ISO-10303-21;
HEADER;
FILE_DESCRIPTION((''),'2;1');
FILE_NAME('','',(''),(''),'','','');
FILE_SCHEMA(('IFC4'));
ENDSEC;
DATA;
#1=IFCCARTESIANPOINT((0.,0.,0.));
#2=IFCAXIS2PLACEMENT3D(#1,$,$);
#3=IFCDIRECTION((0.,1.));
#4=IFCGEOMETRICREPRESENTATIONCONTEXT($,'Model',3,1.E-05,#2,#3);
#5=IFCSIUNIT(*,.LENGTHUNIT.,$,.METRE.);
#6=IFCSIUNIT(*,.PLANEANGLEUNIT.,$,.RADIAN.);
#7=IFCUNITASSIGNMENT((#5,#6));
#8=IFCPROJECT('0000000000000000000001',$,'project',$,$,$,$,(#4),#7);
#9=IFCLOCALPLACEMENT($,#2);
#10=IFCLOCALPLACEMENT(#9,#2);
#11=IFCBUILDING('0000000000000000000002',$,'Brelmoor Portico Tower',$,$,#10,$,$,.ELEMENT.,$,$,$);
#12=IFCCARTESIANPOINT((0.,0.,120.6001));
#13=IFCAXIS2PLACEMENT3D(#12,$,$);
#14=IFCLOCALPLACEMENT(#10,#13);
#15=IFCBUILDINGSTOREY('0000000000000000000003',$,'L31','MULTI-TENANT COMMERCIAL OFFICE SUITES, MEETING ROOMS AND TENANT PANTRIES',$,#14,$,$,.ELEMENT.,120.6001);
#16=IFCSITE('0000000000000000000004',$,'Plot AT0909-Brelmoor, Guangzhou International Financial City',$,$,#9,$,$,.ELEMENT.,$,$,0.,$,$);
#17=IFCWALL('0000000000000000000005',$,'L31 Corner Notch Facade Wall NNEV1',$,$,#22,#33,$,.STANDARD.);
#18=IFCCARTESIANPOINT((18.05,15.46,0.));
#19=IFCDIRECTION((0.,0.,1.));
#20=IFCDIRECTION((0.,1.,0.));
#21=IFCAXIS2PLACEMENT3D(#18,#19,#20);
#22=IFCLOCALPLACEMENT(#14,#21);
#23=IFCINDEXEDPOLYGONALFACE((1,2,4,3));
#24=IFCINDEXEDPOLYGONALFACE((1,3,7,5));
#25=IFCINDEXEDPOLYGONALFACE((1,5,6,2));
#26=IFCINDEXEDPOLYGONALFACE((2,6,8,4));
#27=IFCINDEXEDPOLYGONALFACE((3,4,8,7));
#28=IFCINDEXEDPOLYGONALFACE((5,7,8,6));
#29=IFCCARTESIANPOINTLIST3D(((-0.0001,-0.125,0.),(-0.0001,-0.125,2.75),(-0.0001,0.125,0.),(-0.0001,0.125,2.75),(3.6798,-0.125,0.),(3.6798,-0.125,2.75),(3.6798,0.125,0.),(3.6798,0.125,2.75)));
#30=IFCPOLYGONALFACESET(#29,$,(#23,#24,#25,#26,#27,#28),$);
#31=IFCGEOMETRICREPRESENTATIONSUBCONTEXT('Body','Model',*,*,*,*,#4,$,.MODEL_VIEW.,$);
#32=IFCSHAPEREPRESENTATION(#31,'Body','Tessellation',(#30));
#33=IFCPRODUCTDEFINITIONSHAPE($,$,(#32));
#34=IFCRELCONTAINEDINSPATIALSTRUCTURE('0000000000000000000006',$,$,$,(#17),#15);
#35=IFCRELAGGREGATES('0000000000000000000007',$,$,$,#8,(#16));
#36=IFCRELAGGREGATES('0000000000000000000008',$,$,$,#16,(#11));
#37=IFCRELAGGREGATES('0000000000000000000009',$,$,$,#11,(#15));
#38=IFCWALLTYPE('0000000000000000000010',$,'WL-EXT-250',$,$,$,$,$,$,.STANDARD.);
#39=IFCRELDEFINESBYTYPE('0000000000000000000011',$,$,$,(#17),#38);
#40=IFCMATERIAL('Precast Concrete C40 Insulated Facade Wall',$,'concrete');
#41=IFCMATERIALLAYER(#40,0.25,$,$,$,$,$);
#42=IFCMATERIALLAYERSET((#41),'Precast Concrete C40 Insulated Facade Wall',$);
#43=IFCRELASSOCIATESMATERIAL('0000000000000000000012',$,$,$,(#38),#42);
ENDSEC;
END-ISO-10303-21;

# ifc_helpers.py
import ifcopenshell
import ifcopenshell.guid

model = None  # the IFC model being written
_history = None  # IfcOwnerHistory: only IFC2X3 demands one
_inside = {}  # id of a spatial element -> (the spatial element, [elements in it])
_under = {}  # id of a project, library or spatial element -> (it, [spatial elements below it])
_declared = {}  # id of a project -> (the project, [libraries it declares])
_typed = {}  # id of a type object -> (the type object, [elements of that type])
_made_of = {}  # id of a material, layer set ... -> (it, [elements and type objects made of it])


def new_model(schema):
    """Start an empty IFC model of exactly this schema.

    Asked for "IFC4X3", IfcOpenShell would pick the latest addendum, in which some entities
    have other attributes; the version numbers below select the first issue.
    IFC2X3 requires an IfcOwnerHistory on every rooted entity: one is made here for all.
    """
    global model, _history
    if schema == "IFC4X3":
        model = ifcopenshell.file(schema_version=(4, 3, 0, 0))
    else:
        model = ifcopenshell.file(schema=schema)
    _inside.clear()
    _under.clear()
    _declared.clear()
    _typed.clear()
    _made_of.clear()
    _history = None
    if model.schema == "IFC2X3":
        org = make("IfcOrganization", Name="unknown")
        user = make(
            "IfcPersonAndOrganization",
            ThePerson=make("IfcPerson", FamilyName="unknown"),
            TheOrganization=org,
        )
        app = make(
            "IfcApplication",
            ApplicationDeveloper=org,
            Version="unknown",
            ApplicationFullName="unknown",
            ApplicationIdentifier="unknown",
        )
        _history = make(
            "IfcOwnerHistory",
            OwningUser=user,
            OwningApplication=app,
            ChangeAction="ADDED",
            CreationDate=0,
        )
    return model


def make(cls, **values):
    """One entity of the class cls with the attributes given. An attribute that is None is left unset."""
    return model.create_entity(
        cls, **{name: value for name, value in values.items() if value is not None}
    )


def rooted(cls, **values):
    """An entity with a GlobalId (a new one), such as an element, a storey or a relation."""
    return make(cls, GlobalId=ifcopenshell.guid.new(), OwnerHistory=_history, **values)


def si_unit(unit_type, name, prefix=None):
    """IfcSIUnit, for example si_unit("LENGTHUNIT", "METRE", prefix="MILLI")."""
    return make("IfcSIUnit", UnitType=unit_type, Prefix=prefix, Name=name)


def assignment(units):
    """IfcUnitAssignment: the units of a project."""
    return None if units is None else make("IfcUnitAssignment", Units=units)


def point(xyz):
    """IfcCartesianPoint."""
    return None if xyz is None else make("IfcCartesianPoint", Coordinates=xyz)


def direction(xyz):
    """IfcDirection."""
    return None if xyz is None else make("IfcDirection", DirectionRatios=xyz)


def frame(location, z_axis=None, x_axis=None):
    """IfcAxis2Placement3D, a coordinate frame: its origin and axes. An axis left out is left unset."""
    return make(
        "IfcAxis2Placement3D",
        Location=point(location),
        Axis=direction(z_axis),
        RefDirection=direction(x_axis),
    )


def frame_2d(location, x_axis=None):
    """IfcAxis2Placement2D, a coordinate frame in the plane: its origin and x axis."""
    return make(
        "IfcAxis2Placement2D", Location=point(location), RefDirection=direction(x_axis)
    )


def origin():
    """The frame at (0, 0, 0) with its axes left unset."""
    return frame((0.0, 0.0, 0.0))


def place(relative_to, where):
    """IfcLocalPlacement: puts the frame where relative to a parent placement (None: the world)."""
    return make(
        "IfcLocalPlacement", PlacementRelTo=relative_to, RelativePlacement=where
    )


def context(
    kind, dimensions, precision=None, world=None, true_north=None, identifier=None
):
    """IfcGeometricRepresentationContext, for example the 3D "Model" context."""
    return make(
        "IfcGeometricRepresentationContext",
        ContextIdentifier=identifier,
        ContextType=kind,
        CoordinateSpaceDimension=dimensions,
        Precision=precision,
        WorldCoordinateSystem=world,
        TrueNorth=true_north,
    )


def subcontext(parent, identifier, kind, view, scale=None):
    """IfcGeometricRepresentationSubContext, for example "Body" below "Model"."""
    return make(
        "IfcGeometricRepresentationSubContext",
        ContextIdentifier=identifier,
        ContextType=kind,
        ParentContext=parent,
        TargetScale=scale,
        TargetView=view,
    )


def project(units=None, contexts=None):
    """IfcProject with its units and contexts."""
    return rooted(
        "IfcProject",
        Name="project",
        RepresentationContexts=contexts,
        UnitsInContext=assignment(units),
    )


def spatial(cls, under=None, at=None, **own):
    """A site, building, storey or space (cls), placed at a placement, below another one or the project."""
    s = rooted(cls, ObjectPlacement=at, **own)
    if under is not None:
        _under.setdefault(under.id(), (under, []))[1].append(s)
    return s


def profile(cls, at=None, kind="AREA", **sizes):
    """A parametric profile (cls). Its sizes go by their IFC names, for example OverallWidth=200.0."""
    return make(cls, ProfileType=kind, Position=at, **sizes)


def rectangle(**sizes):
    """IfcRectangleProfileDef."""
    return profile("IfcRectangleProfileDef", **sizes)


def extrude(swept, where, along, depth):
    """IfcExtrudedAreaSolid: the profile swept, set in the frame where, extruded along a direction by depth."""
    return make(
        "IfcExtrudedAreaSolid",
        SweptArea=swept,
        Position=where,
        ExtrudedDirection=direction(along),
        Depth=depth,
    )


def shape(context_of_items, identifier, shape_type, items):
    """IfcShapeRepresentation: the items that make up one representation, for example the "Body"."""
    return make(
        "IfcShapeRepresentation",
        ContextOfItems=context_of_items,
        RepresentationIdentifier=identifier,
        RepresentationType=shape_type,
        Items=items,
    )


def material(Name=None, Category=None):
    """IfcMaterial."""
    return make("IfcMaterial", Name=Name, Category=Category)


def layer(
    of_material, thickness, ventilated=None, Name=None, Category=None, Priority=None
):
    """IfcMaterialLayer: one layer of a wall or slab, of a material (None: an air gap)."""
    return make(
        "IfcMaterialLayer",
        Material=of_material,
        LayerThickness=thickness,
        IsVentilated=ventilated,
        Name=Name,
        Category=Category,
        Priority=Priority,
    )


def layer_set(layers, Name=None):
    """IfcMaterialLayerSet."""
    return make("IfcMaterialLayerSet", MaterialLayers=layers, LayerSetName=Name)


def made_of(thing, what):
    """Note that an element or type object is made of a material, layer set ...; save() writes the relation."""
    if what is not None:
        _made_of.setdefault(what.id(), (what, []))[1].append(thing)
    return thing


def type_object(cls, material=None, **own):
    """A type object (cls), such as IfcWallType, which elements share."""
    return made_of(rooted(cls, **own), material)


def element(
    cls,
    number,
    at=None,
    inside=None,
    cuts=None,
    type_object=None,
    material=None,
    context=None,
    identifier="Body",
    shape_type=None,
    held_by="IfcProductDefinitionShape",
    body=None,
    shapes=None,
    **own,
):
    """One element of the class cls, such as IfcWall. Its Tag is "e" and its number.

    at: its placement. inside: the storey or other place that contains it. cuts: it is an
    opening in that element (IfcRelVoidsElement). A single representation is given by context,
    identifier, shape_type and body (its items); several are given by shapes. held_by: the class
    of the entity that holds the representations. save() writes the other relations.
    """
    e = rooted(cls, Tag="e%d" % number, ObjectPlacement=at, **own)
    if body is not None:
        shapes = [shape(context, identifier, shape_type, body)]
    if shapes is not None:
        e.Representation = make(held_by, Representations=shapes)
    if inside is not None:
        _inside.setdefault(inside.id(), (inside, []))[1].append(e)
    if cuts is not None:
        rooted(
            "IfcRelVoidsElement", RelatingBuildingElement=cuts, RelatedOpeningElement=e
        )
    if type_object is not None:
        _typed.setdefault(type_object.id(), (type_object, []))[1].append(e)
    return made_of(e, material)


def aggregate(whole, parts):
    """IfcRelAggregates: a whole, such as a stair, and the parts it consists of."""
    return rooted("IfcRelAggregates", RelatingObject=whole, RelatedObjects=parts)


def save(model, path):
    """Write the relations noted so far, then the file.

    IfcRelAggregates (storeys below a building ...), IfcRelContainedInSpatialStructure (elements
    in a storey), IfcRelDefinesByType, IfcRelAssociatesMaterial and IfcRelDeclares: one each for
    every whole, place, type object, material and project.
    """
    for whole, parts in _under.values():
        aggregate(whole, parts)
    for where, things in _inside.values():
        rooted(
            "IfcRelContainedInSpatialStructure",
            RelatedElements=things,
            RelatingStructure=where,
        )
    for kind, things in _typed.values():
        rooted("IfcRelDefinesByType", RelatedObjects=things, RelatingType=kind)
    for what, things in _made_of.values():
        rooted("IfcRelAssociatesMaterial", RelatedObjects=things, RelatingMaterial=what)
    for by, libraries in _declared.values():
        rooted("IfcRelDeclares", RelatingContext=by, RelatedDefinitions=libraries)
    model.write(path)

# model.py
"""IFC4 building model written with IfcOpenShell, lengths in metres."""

from ifc_helpers import new_model, si_unit, direction, frame, frame_2d, origin, place, context, subcontext, project, spatial, rectangle, extrude, material, layer, layer_set, type_object, element, save


model = new_model("IFC4")

# Units and contexts
model_context = context("Model", 3, precision=1e-05, world=origin(), true_north=direction((0.0, 1.0)))
body_context = subcontext(model_context, "Body", "Model", "MODEL_VIEW")
ifc_project = project(units=[si_unit("LENGTHUNIT", "METRE"), si_unit("PLANEANGLEUNIT", "RADIAN")], contexts=[model_context])

# Site, building, storey
site_placement = place(None, origin())
site = spatial("IfcSite", under=ifc_project, at=site_placement, Name="Plot AT0909-Brelmoor, Guangzhou International Financial City", CompositionType="ELEMENT", RefElevation=0.0)
building_placement = place(site_placement, origin())
building = spatial("IfcBuilding", under=site, at=building_placement, Name="Brelmoor Portico Tower", CompositionType="ELEMENT")
storey_placement = place(building_placement, frame((0.0, 0.0, 120.6001)))
storey = spatial("IfcBuildingStorey", under=building, at=storey_placement, Name="L31", Description="MULTI-TENANT COMMERCIAL OFFICE SUITES, MEETING ROOMS AND TENANT PANTRIES", CompositionType="ELEMENT", Elevation=120.6001)

# Wall
ifc_material_1 = material(Name="Precast Concrete C40 Insulated Facade Wall", Category="concrete")
ifc_layer_1 = layer(ifc_material_1, 0.25)
ifc_layer_set_1 = layer_set([ifc_layer_1], Name="Precast Concrete C40 Insulated Facade Wall")
wall_type_1 = type_object("IfcWallType", Name="WL-EXT-250", PredefinedType="STANDARD", material=ifc_layer_set_1)
for number, where, z_axis, x_axis, name in (
    (1, (18.05, 15.46, 0.0), (0.0, 0.0, 1.0), (0.0, 1.0, 0.0), "L31 Corner Notch Facade Wall NNEV1"),
):
    element("IfcWall", number, at=place(storey_placement, frame(where, z_axis=z_axis, x_axis=x_axis)), inside=storey, type_object=wall_type_1, Name=name, PredefinedType="STANDARD", context=body_context, shape_type="SweptSolid", body=[
        extrude(rectangle(XDim=3.6799, YDim=0.25, at=frame_2d((1.8398, 0.0))), origin(), (0.0, 0.0, 1.0), 2.75),
    ])

save(model, "model.ifc")
